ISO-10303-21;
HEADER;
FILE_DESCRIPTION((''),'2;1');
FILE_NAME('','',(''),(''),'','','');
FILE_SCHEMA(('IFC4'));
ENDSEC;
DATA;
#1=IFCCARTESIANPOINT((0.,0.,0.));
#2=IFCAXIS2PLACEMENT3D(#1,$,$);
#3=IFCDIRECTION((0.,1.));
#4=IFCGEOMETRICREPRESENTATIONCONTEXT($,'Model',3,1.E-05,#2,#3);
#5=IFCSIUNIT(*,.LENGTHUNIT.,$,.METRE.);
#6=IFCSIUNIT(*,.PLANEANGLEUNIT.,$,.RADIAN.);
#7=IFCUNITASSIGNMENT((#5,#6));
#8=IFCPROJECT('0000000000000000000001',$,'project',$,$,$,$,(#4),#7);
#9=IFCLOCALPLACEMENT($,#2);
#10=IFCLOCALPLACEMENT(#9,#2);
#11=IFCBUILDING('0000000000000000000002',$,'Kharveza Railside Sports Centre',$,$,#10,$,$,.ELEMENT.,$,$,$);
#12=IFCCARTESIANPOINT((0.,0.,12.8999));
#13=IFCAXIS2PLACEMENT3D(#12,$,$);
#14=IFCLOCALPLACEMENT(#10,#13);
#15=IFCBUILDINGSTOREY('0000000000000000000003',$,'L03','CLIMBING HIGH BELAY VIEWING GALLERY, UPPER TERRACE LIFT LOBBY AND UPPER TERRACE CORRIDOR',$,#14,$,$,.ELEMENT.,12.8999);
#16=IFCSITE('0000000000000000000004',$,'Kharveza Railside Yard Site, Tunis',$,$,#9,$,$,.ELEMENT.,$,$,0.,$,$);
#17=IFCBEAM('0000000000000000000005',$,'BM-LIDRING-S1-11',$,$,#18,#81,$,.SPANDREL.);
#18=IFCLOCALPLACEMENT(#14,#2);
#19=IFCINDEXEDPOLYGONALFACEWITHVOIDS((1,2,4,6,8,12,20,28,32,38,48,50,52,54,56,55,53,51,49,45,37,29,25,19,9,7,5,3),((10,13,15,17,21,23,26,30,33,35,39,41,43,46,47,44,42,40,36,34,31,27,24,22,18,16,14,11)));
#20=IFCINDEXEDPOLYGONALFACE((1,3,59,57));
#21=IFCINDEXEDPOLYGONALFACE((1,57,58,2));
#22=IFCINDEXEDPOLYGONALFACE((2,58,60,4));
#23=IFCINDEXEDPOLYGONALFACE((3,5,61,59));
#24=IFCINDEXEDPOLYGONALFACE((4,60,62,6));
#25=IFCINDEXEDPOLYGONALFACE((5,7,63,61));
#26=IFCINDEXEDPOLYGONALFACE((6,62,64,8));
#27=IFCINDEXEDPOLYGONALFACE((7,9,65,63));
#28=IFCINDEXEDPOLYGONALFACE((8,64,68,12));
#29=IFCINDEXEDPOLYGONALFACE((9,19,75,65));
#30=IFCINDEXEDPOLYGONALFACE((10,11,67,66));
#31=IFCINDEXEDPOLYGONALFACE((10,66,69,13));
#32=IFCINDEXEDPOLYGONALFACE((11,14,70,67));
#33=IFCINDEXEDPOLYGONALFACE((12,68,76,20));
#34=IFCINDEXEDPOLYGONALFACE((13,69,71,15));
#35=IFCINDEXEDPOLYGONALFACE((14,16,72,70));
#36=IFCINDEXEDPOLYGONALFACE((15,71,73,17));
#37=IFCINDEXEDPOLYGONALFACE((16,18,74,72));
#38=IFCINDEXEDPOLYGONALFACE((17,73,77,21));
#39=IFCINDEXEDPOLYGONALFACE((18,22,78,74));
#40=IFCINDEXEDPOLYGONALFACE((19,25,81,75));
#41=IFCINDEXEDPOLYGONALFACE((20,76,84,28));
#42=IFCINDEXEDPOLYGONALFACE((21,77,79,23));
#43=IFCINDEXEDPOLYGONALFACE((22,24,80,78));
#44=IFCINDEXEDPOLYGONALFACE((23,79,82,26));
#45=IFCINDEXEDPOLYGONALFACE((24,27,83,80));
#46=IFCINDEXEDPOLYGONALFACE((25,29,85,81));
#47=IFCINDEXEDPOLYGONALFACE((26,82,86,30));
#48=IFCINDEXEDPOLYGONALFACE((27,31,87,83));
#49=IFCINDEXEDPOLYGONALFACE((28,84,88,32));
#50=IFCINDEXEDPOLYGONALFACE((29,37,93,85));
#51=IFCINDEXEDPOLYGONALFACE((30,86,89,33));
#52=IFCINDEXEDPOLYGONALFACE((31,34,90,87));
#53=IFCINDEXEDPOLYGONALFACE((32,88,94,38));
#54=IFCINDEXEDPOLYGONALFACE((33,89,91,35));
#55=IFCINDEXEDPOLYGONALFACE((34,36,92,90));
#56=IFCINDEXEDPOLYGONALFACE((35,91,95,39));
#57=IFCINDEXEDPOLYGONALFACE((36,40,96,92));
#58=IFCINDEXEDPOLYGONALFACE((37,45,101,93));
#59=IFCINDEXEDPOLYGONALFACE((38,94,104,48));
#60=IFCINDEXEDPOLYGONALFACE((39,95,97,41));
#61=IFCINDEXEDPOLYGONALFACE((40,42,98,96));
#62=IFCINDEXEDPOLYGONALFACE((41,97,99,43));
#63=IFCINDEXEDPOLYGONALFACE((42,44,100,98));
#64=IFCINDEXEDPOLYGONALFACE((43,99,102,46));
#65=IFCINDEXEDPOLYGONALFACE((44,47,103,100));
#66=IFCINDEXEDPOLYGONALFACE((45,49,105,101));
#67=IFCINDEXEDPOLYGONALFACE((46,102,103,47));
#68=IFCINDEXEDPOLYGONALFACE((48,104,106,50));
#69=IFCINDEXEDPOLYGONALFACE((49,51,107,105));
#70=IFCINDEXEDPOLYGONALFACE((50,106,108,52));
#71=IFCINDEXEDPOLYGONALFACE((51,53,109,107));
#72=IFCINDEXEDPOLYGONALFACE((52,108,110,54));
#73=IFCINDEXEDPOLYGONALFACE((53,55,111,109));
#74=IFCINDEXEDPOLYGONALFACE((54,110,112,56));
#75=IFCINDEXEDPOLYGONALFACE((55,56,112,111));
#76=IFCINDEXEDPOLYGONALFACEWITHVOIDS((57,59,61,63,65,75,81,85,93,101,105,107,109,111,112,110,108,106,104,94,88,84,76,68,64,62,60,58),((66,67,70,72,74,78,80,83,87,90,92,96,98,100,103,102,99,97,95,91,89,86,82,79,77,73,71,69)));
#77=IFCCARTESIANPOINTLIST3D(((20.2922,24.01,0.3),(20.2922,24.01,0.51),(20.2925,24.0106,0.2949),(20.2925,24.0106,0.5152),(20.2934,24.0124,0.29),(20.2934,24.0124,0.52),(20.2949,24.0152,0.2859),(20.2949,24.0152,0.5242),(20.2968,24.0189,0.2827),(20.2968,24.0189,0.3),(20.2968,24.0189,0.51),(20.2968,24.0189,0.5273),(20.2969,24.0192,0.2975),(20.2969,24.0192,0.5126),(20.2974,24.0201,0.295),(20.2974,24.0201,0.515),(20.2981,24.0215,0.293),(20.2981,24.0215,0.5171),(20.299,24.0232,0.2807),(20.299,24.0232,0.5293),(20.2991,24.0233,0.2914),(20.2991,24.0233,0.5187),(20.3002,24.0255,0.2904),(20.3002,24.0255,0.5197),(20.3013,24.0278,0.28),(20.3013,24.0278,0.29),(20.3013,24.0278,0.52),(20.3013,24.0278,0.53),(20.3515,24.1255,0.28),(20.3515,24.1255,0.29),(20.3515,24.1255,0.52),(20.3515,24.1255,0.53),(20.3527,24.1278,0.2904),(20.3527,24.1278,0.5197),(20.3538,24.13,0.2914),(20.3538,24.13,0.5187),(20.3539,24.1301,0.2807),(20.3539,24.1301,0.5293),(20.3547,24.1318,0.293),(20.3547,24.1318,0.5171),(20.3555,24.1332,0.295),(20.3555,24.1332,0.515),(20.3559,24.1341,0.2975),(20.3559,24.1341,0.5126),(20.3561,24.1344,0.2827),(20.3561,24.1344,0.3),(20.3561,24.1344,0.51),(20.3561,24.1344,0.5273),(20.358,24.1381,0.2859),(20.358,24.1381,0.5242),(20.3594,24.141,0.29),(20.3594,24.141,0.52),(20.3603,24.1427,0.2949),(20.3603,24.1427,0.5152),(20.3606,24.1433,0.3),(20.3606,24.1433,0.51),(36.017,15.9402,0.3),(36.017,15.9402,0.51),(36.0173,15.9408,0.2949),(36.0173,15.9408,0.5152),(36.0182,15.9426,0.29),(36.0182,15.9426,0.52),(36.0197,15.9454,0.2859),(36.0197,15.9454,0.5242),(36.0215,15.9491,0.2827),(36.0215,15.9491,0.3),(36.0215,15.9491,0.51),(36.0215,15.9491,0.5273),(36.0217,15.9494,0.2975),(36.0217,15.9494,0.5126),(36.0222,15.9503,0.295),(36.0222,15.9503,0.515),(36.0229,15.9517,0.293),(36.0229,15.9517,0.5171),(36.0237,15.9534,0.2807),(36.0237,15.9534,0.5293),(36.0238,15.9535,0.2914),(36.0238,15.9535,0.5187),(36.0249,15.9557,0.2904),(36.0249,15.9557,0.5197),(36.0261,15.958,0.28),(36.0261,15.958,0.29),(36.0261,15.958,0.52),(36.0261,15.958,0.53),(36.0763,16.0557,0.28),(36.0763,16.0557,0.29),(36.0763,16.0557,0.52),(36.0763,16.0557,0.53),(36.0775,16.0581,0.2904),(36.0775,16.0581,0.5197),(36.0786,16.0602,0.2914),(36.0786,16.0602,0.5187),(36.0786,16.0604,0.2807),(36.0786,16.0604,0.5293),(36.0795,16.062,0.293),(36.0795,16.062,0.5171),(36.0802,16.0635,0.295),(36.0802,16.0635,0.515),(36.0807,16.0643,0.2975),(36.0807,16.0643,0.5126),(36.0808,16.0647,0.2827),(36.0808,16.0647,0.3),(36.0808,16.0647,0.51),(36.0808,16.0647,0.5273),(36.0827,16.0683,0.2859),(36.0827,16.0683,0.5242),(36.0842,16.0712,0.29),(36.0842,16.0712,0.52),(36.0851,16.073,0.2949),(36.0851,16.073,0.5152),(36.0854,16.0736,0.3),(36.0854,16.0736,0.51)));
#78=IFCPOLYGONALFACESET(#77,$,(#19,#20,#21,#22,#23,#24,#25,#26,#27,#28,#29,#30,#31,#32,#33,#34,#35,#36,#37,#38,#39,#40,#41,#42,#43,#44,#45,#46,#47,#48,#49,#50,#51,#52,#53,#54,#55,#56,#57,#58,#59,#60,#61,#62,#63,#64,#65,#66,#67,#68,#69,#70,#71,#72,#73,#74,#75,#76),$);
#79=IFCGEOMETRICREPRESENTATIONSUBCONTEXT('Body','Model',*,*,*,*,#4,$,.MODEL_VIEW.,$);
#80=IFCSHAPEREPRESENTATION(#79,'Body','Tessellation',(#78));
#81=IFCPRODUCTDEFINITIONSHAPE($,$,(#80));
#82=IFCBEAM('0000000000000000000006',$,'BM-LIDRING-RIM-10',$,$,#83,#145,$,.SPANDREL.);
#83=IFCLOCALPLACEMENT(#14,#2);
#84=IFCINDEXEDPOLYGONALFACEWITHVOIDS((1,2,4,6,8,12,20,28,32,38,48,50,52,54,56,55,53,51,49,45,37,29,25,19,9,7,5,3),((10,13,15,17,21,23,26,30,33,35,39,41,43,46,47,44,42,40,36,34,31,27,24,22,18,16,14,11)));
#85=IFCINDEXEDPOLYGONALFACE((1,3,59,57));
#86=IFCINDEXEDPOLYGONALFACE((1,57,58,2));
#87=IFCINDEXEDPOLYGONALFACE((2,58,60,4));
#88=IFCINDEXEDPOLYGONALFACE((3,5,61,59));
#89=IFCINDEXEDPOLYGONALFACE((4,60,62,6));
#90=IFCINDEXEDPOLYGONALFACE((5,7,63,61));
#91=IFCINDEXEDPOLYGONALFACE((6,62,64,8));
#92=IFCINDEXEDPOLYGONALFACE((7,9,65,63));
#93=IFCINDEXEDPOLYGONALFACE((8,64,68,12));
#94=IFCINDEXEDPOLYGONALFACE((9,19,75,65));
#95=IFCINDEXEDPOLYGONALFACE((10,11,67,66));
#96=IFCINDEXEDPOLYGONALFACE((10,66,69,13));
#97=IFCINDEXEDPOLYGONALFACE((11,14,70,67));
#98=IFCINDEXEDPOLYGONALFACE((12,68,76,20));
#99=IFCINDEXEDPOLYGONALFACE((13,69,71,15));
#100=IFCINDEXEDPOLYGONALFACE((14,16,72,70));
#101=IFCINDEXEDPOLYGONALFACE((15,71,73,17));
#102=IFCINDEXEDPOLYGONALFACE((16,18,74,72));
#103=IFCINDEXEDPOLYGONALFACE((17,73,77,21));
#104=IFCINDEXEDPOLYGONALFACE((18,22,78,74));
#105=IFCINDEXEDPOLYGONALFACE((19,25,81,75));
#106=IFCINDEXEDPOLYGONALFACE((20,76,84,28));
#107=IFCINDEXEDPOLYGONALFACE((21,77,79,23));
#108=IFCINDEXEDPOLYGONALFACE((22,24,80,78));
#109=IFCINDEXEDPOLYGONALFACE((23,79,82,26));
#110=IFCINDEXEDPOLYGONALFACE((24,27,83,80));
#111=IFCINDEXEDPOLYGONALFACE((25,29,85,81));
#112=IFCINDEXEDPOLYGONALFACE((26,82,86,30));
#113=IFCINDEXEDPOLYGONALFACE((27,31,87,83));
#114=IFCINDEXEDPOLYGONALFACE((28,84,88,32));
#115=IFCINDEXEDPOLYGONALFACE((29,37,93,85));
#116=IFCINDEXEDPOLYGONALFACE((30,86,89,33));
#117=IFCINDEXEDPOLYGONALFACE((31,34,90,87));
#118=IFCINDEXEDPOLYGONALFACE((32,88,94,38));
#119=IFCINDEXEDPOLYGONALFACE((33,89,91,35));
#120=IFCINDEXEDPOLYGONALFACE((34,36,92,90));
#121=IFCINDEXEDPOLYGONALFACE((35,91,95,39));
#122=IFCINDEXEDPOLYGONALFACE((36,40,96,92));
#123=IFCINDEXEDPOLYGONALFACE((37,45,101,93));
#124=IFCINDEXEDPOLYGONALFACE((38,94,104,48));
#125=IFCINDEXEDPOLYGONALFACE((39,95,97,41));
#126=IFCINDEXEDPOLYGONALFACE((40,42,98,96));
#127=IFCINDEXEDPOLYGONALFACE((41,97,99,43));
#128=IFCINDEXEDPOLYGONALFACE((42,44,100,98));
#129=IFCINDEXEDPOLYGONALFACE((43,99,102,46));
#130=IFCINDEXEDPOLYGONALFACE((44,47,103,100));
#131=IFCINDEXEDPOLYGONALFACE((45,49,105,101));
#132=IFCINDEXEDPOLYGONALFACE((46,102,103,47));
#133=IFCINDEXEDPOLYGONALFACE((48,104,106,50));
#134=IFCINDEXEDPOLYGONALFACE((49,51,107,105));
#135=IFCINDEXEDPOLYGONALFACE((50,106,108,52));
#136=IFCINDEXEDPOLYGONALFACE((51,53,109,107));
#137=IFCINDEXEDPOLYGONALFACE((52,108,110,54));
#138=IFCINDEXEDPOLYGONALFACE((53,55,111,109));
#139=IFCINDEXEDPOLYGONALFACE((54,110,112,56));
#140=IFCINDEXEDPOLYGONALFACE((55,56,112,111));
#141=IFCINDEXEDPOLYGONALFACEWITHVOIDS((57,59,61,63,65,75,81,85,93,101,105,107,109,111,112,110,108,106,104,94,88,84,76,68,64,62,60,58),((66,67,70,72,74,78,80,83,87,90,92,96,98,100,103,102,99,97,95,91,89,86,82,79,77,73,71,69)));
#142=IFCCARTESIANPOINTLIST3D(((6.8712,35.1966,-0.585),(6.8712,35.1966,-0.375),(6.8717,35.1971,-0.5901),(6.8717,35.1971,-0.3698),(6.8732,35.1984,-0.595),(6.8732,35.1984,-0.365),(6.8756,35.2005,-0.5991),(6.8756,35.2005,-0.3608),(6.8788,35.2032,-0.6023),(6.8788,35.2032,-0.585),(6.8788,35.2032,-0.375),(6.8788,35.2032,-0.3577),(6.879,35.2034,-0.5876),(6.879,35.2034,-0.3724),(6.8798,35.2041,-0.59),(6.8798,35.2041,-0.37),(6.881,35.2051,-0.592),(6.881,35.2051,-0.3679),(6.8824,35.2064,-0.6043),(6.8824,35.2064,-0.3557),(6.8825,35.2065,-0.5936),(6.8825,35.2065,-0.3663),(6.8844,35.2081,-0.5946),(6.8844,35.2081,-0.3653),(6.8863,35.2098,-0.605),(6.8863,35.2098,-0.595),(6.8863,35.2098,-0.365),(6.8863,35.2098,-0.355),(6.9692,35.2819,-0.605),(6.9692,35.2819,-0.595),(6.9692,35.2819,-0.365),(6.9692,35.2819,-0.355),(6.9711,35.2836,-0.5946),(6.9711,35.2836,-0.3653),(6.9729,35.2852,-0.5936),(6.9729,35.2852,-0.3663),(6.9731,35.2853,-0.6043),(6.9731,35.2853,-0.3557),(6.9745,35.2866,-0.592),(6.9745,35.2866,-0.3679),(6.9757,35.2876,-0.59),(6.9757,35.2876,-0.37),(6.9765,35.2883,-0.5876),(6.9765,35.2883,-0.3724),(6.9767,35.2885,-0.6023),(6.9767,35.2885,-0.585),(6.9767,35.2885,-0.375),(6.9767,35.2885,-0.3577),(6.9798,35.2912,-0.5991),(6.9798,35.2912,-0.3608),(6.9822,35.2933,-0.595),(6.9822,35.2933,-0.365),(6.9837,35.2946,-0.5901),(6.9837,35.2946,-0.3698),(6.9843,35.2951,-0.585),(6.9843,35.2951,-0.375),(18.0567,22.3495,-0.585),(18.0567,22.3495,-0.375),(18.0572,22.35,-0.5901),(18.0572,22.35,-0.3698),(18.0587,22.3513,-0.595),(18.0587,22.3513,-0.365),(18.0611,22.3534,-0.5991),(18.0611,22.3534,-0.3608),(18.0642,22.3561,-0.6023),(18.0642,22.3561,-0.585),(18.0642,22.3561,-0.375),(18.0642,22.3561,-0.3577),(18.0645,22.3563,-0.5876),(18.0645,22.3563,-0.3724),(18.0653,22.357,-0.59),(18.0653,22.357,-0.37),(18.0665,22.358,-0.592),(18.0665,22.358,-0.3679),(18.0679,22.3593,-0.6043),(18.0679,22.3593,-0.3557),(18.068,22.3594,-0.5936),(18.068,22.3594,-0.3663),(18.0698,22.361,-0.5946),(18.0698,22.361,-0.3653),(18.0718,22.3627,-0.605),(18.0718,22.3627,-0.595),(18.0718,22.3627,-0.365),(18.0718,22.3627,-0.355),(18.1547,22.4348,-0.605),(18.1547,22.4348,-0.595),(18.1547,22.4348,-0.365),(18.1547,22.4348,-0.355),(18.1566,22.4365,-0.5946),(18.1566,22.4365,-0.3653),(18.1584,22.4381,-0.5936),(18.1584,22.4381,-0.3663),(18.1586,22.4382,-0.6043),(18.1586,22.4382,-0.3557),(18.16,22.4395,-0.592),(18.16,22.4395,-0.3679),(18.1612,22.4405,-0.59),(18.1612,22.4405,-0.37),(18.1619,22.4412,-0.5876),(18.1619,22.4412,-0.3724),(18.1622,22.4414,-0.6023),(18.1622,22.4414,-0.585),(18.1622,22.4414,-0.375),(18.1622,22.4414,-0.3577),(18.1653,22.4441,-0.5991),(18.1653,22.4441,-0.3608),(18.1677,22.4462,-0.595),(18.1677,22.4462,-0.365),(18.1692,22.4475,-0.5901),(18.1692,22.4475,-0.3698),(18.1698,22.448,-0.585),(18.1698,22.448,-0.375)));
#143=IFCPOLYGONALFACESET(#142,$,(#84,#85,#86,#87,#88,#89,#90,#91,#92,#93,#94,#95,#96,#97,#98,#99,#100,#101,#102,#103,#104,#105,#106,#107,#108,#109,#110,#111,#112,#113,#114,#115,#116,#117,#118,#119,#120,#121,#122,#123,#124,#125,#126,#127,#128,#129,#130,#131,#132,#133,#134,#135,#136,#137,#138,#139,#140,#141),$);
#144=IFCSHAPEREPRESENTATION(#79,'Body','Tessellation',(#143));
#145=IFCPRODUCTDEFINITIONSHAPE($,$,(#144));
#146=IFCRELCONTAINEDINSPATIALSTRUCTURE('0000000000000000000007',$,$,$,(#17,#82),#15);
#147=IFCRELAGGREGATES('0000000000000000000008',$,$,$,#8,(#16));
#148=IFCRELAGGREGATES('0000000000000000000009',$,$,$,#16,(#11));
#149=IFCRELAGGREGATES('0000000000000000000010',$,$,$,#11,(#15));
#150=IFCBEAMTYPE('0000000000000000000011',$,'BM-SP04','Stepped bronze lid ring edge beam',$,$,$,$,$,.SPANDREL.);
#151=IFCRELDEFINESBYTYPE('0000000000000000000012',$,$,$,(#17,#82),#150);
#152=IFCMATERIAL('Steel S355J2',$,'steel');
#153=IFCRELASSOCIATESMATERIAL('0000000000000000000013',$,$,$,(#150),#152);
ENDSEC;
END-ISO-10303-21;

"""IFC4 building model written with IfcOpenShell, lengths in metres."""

from ifc_helpers import new_model, si_unit, direction, frame, origin, origin_2d, place, context, subcontext, project, spatial, hollow_rectangle, extrude, material, material_profile, profile_set, type_object, element, save


model = new_model("IFC4")

# Units and contexts
model_context = context("Model", 3, precision=1e-05, world=origin(), true_north=direction((0.0, 1.0)))
body_context = subcontext(model_context, "Body", "Model", "MODEL_VIEW")
ifc_project = project(units=[si_unit("LENGTHUNIT", "METRE"), si_unit("PLANEANGLEUNIT", "RADIAN")], contexts=[model_context])

# Site, building, storey
site_placement = place(None, origin())
site = spatial("IfcSite", under=ifc_project, at=site_placement, Name="Kharveza Railside Yard Site, Tunis", CompositionType="ELEMENT", RefElevation=0.0)
building_placement = place(site_placement, origin())
building = spatial("IfcBuilding", under=site, at=building_placement, Name="Kharveza Railside Sports Centre", CompositionType="ELEMENT")
storey_placement = place(building_placement, frame((0.0, 0.0, 12.8999)))
storey = spatial("IfcBuildingStorey", under=building, at=storey_placement, Name="L03", Description="CLIMBING HIGH BELAY VIEWING GALLERY, UPPER TERRACE LIFT LOBBY AND UPPER TERRACE CORRIDOR", CompositionType="ELEMENT", Elevation=12.8999)

# Beams
ifc_material_1 = material(Name="Steel S355J2", Category="steel")
ifc_material_profile_1 = material_profile(ifc_material_1, hollow_rectangle(XDim=0.1499, YDim=0.25, WallThickness=0.01, InnerFilletRadius=0.01, OuterFilletRadius=0.02, at=origin_2d()), Name="RHS 150x250x10.0")
ifc_profile_set_1 = profile_set([ifc_material_profile_1], Name="Steel S355J2")
beam_type = type_object("IfcBeamType", Name="BM-SP04", Description="Stepped bronze lid ring edge beam", PredefinedType="SPANDREL", material=ifc_profile_set_1)
beam_1_placement = place(storey_placement, frame((20.3264, 24.0767, 0.405), z_axis=(0.889684, -0.456576, 0.0), x_axis=(0.456576, 0.889684, 0.0)))
element("IfcBeam", 1, at=beam_1_placement, inside=storey, type_object=beam_type, Name="BM-LIDRING-S1-11", PredefinedType="SPANDREL", context=body_context, shape_type="SweptSolid", body=[
    extrude(hollow_rectangle(XDim=0.1499, YDim=0.25, WallThickness=0.01, InnerFilletRadius=0.01, OuterFilletRadius=0.02, at=origin_2d()), origin(), (0.0, 0.0, 1.0), 17.6746),
])
beam_2_placement = place(storey_placement, frame((6.9277, 35.2458, -0.48), z_axis=(0.65665, -0.754196, 0.0), x_axis=(0.754196, 0.65665, 0.0)))
element("IfcBeam", 2, at=beam_2_placement, inside=storey, type_object=beam_type, Name="BM-LIDRING-RIM-10", PredefinedType="SPANDREL", context=body_context, shape_type="SweptSolid", body=[
    extrude(hollow_rectangle(XDim=0.1499, YDim=0.25, WallThickness=0.01, InnerFilletRadius=0.01, OuterFilletRadius=0.02, at=origin_2d()), origin(), (0.0, 0.0, 1.0), 17.0342),
])

save(model, "model.ifc")
